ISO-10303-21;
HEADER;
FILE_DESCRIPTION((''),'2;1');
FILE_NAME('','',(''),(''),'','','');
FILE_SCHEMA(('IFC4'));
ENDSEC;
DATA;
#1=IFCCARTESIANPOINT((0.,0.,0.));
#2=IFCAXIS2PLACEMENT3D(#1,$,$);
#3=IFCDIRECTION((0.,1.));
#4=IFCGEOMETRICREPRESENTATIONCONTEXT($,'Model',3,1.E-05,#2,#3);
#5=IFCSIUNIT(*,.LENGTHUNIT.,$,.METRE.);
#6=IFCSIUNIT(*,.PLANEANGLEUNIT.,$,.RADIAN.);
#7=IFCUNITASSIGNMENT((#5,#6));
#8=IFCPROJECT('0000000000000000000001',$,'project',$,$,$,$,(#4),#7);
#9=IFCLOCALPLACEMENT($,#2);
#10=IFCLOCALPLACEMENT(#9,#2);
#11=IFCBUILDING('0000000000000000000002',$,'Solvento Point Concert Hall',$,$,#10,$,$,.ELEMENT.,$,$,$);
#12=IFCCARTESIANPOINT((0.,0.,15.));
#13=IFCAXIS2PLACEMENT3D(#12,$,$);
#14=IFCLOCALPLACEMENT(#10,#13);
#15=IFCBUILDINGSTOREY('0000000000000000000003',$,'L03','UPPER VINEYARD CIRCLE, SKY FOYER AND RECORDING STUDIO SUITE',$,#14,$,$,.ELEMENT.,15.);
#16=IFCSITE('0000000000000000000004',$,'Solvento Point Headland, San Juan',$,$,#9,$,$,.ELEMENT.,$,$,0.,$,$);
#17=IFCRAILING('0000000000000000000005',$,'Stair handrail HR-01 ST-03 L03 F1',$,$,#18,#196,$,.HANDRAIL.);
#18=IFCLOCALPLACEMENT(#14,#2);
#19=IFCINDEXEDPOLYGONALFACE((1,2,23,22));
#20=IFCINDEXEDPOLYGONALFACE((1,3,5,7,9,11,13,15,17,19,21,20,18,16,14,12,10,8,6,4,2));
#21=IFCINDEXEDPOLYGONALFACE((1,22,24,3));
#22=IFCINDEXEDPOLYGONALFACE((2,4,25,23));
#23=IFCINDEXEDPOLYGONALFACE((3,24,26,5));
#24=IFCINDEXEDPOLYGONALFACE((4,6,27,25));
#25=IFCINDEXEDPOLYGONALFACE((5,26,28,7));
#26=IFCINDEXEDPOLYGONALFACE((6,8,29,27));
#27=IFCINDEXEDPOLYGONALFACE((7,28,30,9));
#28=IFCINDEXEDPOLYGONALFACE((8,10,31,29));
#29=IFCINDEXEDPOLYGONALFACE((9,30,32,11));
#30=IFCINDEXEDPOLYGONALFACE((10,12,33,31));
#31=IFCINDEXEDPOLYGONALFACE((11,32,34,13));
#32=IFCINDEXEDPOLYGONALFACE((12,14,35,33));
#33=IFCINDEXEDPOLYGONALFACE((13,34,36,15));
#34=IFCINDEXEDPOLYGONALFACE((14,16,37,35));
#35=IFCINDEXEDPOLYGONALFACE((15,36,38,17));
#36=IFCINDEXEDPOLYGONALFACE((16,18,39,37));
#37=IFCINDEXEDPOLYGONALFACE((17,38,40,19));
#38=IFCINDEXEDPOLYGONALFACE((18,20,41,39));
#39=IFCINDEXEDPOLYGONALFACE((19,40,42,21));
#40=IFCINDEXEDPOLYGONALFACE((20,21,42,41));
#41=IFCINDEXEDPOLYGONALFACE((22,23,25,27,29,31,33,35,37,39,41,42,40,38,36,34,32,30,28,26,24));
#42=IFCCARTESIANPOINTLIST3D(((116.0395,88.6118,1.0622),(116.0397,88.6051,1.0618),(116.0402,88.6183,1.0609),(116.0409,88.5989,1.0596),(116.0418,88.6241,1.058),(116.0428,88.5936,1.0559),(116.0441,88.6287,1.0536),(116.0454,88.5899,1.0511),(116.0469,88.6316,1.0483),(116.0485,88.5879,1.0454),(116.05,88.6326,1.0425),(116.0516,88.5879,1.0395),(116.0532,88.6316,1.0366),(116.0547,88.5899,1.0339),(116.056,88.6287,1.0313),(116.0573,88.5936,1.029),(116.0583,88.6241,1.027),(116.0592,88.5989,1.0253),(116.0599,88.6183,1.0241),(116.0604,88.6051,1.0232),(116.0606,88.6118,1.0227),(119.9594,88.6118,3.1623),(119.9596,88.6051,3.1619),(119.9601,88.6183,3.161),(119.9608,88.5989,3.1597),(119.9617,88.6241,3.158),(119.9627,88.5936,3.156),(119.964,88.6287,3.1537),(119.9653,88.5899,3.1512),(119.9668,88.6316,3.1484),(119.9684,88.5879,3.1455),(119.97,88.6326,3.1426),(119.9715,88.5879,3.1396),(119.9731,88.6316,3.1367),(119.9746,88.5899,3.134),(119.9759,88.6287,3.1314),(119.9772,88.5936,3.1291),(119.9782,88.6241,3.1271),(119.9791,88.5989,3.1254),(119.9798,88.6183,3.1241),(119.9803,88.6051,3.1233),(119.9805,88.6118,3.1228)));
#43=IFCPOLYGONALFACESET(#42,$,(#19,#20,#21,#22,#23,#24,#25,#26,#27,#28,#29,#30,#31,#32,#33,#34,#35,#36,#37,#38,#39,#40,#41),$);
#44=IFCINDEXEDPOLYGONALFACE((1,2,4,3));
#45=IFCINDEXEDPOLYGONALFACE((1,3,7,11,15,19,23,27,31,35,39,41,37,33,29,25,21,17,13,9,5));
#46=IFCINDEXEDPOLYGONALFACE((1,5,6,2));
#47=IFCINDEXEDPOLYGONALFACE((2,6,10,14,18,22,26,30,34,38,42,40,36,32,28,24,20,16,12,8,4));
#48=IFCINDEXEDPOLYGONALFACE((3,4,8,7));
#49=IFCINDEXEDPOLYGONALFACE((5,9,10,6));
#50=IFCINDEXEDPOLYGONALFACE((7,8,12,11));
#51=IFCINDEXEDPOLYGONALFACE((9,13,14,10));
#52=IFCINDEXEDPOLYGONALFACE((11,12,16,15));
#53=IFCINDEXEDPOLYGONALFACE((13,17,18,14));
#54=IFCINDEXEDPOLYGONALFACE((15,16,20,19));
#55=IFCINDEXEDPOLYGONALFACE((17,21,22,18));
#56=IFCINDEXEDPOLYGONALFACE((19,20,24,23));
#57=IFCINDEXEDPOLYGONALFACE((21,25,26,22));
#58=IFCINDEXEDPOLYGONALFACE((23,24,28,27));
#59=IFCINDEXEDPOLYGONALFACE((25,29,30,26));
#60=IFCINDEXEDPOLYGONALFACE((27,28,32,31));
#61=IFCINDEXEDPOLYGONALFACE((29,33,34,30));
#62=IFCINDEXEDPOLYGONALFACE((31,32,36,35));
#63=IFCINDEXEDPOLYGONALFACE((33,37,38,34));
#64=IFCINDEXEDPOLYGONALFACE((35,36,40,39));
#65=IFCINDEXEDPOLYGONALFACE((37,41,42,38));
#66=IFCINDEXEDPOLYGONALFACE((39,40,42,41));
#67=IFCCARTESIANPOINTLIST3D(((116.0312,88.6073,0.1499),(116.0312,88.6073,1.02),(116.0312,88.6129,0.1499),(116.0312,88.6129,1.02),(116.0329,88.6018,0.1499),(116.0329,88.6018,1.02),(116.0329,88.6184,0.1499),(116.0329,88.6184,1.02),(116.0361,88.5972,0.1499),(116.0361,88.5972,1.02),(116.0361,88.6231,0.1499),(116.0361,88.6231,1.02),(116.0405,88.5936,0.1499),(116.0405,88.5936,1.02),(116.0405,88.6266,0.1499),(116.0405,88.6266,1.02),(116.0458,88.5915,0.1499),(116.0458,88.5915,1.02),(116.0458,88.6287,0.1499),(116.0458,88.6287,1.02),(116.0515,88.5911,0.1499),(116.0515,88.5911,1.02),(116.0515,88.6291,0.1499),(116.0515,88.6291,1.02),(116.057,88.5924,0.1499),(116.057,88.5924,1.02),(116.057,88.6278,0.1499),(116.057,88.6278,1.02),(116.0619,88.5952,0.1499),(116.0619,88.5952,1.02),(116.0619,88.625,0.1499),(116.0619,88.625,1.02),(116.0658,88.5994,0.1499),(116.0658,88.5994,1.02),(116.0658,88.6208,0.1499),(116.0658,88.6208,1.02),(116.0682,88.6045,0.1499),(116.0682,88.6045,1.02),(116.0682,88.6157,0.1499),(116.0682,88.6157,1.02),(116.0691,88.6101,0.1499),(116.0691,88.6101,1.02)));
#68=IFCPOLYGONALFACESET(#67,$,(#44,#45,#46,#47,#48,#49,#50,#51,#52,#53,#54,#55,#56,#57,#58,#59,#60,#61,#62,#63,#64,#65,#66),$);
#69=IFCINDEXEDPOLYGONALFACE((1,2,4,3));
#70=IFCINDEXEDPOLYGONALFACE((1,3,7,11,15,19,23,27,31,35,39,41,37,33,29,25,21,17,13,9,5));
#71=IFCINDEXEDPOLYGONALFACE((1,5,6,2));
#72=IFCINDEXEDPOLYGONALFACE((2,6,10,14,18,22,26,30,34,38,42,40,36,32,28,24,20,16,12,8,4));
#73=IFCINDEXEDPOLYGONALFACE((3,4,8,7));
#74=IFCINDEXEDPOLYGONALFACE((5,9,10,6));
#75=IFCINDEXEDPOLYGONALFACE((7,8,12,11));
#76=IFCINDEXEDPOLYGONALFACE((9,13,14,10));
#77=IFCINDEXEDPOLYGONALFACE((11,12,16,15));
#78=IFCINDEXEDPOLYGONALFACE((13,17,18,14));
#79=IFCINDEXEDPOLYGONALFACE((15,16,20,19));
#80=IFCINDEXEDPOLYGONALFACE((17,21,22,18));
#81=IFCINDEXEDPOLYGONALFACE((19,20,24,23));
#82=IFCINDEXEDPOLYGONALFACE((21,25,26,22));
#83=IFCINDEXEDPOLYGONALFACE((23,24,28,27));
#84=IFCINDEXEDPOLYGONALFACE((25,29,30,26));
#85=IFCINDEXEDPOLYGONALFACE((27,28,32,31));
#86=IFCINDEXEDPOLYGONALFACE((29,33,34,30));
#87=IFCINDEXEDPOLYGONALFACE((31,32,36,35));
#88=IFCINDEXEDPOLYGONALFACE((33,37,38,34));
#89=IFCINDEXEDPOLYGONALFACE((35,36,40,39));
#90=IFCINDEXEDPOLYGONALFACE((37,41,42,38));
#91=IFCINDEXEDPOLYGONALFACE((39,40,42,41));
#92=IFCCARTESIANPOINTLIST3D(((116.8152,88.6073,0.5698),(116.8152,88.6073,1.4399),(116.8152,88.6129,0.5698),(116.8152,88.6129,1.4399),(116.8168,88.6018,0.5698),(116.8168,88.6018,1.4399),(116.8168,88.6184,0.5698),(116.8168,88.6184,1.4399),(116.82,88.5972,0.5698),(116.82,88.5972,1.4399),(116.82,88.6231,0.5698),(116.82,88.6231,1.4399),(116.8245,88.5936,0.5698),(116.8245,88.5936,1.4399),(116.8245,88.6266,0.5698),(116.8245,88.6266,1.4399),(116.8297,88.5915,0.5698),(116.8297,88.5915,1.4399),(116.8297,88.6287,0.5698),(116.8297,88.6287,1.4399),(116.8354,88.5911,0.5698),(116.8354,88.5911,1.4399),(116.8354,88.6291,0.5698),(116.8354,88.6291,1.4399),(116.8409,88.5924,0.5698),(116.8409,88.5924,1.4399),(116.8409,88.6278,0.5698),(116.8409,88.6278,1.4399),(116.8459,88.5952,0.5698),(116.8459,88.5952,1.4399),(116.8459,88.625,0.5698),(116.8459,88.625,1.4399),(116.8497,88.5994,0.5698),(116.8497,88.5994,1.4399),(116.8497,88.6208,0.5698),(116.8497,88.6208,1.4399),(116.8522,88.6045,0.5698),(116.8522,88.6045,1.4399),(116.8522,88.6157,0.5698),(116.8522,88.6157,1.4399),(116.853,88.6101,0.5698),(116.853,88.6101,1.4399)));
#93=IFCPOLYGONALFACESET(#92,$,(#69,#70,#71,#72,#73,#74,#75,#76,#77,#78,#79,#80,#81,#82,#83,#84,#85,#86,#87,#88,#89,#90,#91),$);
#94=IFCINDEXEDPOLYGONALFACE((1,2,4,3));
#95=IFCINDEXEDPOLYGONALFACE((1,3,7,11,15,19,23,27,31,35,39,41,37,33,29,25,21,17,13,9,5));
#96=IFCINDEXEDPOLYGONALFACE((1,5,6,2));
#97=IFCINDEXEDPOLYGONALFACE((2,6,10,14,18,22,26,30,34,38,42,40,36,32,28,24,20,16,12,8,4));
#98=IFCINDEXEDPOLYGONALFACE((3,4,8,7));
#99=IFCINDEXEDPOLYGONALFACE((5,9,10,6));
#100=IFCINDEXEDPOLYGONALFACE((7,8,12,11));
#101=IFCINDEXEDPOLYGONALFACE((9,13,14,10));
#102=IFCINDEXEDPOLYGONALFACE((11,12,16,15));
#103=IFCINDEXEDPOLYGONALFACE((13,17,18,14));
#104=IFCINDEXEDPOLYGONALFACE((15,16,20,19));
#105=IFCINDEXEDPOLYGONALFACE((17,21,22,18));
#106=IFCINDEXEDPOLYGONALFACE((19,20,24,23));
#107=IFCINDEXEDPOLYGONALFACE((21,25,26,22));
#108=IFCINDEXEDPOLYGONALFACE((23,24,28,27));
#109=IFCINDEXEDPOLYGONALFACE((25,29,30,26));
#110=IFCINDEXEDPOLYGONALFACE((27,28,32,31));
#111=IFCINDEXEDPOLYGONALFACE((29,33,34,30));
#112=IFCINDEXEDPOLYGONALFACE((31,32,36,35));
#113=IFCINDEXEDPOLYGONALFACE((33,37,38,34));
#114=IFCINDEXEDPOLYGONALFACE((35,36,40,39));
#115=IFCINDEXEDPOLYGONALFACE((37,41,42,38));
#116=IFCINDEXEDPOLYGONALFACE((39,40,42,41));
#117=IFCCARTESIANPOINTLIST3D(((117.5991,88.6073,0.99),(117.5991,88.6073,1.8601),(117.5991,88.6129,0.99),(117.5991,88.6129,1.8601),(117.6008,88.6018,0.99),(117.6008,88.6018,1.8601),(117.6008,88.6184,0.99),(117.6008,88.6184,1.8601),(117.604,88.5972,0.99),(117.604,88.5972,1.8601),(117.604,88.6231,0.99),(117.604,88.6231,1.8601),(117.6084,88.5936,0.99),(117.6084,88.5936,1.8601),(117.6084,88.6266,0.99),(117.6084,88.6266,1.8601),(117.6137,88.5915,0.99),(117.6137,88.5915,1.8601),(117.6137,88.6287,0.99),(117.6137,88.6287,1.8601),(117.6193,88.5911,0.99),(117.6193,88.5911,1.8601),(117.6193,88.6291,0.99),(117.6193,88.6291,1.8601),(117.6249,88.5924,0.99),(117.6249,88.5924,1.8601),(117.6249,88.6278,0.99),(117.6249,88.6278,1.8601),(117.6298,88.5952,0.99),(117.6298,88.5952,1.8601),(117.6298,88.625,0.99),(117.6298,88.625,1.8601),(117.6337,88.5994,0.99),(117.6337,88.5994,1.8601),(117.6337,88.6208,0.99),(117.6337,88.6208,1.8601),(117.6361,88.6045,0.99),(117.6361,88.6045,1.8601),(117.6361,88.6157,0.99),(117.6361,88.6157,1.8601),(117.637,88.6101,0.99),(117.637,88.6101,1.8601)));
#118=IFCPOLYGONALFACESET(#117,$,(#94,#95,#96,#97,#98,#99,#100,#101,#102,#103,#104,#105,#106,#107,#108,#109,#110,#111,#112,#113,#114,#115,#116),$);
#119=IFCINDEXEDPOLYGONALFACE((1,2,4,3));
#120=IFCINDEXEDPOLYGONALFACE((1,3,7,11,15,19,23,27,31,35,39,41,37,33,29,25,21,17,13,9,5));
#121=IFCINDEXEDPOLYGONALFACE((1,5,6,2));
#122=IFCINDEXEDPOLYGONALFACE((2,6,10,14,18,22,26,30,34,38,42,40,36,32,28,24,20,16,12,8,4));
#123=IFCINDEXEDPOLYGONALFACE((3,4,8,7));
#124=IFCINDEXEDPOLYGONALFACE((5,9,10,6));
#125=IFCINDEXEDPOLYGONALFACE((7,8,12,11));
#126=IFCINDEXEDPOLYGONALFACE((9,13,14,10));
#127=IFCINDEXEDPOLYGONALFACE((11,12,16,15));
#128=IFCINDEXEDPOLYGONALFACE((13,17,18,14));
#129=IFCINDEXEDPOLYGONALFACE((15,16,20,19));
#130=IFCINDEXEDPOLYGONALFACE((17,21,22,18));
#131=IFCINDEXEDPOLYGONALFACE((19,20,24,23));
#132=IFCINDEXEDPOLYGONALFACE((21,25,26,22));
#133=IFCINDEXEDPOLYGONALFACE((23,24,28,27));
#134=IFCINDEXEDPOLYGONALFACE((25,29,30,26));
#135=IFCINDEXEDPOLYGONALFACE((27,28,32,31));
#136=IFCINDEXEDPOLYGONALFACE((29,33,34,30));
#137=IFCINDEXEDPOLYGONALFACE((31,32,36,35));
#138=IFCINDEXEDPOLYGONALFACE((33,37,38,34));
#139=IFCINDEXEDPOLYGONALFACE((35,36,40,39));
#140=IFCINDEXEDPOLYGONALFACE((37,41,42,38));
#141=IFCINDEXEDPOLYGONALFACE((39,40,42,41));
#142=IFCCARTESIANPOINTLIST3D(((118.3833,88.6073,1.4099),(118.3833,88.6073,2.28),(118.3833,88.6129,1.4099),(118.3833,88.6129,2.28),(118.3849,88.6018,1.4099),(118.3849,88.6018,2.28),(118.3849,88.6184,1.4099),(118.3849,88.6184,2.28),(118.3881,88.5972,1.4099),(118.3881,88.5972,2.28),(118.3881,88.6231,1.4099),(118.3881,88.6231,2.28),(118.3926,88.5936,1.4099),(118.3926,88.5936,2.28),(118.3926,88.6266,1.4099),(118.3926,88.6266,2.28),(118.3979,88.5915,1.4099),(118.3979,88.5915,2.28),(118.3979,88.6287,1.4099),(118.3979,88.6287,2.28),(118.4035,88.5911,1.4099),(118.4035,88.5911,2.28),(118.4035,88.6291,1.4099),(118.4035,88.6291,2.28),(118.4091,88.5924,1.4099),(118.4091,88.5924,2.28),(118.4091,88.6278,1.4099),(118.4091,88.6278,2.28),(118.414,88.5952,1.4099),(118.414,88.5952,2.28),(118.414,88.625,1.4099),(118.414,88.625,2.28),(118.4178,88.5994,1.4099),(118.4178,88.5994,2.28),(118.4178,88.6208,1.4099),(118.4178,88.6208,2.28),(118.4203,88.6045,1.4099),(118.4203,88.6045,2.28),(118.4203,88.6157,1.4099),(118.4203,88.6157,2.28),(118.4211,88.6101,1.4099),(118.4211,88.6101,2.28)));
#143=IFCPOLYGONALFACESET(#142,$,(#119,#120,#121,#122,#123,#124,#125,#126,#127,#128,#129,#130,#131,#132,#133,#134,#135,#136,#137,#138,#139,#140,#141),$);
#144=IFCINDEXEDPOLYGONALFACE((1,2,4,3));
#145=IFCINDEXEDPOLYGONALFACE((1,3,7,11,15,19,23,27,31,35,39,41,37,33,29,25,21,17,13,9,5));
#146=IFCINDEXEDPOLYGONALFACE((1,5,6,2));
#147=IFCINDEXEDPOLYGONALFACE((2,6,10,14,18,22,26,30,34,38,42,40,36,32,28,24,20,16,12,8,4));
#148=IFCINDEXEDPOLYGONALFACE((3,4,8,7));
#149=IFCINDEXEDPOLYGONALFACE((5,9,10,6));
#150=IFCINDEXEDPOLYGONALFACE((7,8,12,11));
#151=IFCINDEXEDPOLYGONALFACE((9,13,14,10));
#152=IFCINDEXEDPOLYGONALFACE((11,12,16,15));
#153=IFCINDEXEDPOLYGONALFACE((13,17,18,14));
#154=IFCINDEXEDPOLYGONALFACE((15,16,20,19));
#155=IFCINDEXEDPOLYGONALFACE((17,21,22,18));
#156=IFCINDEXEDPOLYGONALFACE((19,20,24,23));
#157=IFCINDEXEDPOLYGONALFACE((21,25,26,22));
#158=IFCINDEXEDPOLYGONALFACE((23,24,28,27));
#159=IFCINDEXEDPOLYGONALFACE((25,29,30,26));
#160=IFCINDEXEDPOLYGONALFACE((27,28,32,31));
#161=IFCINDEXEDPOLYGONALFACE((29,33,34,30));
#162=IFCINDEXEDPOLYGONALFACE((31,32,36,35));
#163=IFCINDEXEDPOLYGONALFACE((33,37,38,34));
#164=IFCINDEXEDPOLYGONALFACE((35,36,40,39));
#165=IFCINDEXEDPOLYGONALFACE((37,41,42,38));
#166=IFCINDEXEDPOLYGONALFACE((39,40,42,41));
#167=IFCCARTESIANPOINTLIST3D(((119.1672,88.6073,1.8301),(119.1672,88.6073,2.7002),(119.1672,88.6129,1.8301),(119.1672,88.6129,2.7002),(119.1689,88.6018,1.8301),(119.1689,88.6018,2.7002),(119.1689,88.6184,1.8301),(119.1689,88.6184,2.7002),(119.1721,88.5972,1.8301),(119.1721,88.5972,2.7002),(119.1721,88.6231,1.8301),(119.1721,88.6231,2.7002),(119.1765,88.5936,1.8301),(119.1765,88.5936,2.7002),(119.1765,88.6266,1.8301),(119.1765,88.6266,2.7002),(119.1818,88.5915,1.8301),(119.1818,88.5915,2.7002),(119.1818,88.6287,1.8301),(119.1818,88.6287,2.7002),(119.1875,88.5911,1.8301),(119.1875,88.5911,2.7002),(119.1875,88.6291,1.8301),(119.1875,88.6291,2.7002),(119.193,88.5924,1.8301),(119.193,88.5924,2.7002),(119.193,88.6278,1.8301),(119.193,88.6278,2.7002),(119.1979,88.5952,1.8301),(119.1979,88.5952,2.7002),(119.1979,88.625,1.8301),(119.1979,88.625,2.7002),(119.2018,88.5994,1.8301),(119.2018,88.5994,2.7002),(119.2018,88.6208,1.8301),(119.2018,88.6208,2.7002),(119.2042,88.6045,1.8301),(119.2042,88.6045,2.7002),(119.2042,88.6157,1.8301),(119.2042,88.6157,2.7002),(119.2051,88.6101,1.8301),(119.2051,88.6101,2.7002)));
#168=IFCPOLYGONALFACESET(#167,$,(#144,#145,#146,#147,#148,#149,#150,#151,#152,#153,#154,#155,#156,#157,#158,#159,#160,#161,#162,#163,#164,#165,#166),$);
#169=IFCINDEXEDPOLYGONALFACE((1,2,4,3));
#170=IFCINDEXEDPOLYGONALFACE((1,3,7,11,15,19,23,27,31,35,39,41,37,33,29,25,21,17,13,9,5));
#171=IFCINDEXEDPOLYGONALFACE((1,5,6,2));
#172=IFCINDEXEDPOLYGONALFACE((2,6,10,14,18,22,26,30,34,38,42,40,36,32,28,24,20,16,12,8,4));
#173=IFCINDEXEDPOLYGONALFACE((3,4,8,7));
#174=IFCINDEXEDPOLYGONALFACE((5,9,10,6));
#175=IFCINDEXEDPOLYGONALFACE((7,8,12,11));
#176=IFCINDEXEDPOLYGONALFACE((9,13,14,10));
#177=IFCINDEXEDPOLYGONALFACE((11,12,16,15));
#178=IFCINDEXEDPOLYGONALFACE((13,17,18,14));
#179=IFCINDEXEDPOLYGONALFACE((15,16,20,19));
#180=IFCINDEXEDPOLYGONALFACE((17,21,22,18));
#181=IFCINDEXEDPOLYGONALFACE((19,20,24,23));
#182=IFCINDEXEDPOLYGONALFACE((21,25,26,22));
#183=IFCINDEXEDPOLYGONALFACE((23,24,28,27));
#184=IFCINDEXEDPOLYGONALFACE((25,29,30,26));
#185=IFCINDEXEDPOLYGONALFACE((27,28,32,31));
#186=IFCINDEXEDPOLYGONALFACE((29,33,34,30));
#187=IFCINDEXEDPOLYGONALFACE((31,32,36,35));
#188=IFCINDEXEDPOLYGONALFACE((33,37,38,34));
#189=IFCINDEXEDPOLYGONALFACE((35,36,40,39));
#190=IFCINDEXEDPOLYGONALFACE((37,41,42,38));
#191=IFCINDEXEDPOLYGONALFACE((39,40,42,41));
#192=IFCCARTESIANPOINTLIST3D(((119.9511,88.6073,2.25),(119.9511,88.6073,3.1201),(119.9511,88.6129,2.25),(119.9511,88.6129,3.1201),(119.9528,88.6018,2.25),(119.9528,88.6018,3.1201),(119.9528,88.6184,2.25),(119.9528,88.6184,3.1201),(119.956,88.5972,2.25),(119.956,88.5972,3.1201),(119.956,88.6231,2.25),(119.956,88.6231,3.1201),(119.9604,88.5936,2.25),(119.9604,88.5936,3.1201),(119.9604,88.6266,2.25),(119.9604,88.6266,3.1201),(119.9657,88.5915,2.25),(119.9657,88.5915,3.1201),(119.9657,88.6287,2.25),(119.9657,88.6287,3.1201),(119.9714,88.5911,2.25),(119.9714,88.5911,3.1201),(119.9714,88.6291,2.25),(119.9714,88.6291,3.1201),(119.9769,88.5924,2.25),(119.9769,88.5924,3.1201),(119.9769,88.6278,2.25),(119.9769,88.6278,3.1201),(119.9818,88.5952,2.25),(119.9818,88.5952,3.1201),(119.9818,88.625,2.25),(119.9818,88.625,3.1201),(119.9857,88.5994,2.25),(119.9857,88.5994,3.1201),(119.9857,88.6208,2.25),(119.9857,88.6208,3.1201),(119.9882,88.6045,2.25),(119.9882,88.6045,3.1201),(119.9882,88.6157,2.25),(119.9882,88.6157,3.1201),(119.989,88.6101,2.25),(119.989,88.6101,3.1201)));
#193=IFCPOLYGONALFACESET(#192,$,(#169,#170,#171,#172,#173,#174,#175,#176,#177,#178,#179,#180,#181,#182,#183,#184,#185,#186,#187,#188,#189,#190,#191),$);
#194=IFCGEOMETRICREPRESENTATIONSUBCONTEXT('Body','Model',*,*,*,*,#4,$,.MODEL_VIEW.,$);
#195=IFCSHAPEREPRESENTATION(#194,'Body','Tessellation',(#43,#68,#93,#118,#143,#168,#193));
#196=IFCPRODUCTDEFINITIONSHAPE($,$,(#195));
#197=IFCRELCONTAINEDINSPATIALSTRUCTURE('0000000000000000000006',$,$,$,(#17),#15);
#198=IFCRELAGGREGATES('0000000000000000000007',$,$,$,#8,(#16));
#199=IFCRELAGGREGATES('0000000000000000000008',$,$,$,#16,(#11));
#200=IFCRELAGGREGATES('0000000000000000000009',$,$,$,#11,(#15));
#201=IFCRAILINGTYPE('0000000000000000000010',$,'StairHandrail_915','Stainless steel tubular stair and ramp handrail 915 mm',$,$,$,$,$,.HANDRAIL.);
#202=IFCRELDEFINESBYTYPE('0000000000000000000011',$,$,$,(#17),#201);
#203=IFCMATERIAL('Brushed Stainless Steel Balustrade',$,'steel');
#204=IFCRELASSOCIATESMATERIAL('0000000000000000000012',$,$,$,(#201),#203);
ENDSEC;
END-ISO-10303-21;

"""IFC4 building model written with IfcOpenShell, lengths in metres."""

from ifc_helpers import new_model, si_unit, direction, frame, origin, origin_2d, place, context, subcontext, project, spatial, circle, extrude, material, type_object, element, save


model = new_model("IFC4")

# Units and contexts
model_context = context("Model", 3, precision=1e-05, world=origin(), true_north=direction((0.0, 1.0)))
body_context = subcontext(model_context, "Body", "Model", "MODEL_VIEW")
ifc_project = project(units=[si_unit("LENGTHUNIT", "METRE"), si_unit("PLANEANGLEUNIT", "RADIAN")], contexts=[model_context])

# Site, building, storey
site_placement = place(None, origin())
site = spatial("IfcSite", under=ifc_project, at=site_placement, Name="Solvento Point Headland, San Juan", CompositionType="ELEMENT", RefElevation=0.0)
building_placement = place(site_placement, origin())
building = spatial("IfcBuilding", under=site, at=building_placement, Name="Solvento Point Concert Hall", CompositionType="ELEMENT")
storey_placement = place(building_placement, frame((0.0, 0.0, 15.0)))
storey = spatial("IfcBuildingStorey", under=building, at=storey_placement, Name="L03", Description="UPPER VINEYARD CIRCLE, SKY FOYER AND RECORDING STUDIO SUITE", CompositionType="ELEMENT", Elevation=15.0)

# Railing
ifc_material_1 = material(Name="Brushed Stainless Steel Balustrade", Category="steel")
railing_type_1 = type_object("IfcRailingType", Name="StairHandrail_915", Description="Stainless steel tubular stair and ramp handrail 915 mm", PredefinedType="HANDRAIL", material=ifc_material_1)
railing_1_placement = place(storey_placement, frame((116.05, 88.6101, 0.1499)))
element("IfcRailing", 1, at=railing_1_placement, inside=storey, type_object=railing_type_1, Name="Stair handrail HR-01 ST-03 L03 F1", PredefinedType="HANDRAIL", context=body_context, shape_type="SweptSolid", body=[
    extrude(circle(Radius=0.0225, at=origin_2d()), frame((0.0, 0.0, 0.8926), z_axis=(0.881467, 0.0, 0.472246), x_axis=(0.0, 1.0, 0.0)), (0.0, 0.0, 1.0), 4.447),
    extrude(circle(Radius=0.019, at=origin_2d()), origin(), (0.0, 0.0, 1.0), 0.8701),
    extrude(circle(Radius=0.019, at=origin_2d()), frame((0.7839, 0.0, 0.4199)), (0.0, 0.0, 1.0), 0.8701),
    extrude(circle(Radius=0.019, at=origin_2d()), frame((1.5679, 0.0, 0.8401)), (0.0, 0.0, 1.0), 0.8701),
    extrude(circle(Radius=0.019, at=origin_2d()), frame((2.3521, 0.0, 1.26)), (0.0, 0.0, 1.0), 0.8701),
    extrude(circle(Radius=0.019, at=origin_2d()), frame((3.136, 0.0, 1.6802)), (0.0, 0.0, 1.0), 0.8701),
    extrude(circle(Radius=0.019, at=origin_2d()), frame((3.9199, 0.0, 2.1001)), (0.0, 0.0, 1.0), 0.8701),
])

save(model, "model.ifc")
